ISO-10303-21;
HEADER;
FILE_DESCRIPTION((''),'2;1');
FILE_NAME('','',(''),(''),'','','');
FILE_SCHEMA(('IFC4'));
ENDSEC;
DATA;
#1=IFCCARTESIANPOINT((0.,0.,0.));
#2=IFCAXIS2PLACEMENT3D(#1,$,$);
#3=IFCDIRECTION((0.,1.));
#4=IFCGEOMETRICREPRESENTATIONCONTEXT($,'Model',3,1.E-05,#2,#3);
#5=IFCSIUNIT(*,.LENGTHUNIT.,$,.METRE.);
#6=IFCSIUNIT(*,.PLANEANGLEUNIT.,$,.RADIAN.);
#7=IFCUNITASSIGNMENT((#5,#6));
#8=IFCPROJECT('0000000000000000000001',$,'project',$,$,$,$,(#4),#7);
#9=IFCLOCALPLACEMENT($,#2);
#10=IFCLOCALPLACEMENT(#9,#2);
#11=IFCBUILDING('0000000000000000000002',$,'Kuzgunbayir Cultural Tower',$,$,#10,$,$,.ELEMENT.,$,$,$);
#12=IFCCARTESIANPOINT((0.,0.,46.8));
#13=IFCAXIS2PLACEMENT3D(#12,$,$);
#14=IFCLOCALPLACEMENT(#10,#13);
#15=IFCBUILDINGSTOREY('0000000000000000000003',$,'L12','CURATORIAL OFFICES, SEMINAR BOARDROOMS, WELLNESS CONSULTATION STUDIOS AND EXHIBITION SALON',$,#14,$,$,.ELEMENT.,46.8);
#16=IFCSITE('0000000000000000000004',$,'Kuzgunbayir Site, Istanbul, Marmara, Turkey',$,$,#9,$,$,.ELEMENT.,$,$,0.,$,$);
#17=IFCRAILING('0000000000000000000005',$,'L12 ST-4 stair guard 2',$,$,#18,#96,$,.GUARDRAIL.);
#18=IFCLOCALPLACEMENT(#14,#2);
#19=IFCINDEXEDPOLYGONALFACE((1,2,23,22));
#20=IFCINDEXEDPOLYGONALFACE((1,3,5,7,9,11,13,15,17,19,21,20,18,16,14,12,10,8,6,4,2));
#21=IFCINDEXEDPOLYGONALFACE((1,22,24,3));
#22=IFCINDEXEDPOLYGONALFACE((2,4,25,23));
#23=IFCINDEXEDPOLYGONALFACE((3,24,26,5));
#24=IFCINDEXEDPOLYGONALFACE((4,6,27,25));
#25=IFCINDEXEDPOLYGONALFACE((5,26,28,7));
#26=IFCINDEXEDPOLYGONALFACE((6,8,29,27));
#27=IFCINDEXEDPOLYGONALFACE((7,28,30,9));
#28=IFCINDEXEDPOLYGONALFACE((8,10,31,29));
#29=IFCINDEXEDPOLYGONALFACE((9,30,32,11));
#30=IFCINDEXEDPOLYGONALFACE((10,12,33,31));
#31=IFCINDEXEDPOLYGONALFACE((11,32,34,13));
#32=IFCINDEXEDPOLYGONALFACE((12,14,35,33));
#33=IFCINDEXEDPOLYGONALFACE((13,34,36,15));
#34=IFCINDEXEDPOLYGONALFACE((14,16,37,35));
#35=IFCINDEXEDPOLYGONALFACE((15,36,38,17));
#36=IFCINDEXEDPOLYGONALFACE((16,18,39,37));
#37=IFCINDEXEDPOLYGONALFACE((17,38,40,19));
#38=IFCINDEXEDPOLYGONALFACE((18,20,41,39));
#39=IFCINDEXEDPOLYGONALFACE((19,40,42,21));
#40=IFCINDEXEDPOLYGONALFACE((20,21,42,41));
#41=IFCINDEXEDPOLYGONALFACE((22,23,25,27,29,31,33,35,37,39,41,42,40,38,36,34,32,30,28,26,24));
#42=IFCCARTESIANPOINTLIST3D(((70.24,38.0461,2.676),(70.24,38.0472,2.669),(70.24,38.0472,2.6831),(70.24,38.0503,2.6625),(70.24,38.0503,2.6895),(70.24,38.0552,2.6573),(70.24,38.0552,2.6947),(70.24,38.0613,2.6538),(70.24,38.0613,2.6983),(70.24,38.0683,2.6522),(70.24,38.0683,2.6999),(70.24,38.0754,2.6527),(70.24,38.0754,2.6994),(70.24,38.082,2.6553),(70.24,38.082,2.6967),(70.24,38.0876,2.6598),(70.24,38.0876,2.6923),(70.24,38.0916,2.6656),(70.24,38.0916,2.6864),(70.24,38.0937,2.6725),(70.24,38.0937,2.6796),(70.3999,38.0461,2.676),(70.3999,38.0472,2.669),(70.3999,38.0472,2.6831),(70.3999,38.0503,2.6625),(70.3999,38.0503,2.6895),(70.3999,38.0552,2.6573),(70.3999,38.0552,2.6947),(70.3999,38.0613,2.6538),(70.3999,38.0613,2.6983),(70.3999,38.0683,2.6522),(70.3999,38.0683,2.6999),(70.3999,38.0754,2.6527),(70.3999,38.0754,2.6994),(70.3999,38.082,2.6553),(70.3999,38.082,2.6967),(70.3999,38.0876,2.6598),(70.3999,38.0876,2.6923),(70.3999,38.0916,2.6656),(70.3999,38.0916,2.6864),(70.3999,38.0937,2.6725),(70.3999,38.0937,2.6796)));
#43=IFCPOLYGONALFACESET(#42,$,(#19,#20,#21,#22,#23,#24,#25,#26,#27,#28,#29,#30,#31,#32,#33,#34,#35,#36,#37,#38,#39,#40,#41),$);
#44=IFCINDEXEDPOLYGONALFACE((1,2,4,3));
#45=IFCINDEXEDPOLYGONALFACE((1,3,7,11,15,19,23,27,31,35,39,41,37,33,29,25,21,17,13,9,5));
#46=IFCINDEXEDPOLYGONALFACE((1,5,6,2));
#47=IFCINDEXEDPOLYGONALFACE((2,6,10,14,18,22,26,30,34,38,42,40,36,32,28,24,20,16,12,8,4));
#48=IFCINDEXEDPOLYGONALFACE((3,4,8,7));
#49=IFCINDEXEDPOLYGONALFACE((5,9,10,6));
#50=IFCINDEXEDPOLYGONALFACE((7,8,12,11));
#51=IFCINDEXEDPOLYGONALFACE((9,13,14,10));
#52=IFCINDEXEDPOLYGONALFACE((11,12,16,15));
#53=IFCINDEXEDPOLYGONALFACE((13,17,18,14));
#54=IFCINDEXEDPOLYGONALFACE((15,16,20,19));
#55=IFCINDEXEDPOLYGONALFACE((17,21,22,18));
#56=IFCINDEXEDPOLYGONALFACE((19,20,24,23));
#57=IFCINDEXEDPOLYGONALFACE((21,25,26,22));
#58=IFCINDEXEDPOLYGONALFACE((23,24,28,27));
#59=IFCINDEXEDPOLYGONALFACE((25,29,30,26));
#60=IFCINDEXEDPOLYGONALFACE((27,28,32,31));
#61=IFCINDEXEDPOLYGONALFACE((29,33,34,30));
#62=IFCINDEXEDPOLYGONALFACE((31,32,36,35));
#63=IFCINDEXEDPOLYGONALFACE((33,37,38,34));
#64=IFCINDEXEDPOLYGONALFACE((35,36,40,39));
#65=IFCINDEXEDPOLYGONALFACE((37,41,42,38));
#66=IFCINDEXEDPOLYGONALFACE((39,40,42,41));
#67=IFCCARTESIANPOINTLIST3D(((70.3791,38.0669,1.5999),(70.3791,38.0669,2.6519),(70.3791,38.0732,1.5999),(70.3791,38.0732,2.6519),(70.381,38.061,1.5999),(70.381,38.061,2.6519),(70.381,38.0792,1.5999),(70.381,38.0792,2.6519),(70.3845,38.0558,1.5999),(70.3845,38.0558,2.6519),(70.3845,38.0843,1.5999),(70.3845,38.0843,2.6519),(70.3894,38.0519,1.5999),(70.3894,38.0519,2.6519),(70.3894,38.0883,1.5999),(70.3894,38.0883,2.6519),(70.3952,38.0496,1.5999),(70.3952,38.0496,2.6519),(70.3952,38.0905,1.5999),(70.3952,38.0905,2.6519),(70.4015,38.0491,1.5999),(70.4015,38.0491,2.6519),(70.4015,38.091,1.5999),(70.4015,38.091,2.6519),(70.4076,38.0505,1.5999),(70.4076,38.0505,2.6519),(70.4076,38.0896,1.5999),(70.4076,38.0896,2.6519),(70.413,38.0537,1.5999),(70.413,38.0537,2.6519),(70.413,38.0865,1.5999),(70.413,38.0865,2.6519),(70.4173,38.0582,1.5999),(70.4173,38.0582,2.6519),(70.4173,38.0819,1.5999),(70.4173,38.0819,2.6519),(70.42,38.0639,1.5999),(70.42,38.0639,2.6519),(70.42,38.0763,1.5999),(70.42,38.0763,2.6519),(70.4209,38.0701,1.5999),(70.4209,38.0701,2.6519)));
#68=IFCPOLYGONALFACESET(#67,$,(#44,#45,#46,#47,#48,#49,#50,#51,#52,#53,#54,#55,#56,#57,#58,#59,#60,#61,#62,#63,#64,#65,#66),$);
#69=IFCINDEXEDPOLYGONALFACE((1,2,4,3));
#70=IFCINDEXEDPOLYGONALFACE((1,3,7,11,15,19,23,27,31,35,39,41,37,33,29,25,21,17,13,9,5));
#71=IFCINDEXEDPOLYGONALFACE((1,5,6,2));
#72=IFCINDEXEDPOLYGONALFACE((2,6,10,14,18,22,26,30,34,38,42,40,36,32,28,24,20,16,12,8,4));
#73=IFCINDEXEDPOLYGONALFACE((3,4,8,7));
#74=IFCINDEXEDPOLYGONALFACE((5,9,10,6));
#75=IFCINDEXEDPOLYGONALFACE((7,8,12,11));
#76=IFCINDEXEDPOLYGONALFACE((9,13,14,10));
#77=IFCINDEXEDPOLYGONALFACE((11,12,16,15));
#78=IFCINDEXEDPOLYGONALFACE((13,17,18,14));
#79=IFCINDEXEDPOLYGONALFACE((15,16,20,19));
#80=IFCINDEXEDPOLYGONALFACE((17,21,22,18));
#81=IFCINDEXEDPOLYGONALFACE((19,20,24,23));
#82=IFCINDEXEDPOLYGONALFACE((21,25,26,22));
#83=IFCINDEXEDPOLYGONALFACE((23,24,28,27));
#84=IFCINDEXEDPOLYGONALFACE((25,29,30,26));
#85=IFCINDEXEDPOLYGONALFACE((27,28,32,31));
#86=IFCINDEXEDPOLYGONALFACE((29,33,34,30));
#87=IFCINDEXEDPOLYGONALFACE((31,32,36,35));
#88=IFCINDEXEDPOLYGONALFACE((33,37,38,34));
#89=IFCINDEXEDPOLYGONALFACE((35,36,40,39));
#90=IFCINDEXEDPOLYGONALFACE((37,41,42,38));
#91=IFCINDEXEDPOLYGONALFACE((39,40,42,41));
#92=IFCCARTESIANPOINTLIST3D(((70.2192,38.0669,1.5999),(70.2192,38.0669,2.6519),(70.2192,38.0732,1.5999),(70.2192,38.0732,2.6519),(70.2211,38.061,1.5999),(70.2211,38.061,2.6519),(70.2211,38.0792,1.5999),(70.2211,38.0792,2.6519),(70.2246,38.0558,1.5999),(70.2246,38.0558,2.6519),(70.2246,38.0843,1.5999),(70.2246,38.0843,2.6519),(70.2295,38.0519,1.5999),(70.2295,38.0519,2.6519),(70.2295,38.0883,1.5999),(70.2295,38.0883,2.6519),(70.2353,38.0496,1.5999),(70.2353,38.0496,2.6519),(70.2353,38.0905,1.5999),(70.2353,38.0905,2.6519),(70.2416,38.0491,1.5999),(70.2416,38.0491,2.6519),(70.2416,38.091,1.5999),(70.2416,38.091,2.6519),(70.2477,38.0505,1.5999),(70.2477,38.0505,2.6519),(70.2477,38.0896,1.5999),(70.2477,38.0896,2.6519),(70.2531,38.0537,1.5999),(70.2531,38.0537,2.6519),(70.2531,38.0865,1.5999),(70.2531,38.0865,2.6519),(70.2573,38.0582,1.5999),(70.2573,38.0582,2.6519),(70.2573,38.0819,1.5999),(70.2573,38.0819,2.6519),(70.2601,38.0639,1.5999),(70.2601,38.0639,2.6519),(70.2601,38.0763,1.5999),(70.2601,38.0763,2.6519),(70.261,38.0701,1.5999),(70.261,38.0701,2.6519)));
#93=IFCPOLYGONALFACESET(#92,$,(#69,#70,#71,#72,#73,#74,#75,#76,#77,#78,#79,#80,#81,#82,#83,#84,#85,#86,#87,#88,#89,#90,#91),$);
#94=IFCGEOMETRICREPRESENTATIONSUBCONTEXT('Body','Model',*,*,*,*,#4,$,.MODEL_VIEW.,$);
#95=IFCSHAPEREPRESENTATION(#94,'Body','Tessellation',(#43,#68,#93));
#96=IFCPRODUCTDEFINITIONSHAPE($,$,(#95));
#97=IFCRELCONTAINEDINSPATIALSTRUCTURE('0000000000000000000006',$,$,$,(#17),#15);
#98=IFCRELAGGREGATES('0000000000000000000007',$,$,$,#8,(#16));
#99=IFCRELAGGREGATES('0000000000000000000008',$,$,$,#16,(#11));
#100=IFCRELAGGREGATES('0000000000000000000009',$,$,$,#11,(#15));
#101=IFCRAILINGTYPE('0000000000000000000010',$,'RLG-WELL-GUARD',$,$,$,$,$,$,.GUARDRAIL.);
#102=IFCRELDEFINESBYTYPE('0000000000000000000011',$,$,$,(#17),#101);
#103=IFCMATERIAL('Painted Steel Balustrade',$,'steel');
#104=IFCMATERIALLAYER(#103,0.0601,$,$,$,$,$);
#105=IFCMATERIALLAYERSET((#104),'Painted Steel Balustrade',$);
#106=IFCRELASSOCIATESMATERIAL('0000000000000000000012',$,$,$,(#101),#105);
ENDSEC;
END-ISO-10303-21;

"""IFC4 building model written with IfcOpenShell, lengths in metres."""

from ifc_helpers import new_model, si_unit, direction, frame, origin, origin_2d, place, context, subcontext, project, spatial, circle, extrude, material, layer, layer_set, type_object, element, save


model = new_model("IFC4")

# Units and contexts
model_context = context("Model", 3, precision=1e-05, world=origin(), true_north=direction((0.0, 1.0)))
body_context = subcontext(model_context, "Body", "Model", "MODEL_VIEW")
ifc_project = project(units=[si_unit("LENGTHUNIT", "METRE"), si_unit("PLANEANGLEUNIT", "RADIAN")], contexts=[model_context])

# Site, building, storey
site_placement = place(None, origin())
site = spatial("IfcSite", under=ifc_project, at=site_placement, Name="Kuzgunbayir Site, Istanbul, Marmara, Turkey", CompositionType="ELEMENT", RefElevation=0.0)
building_placement = place(site_placement, origin())
building = spatial("IfcBuilding", under=site, at=building_placement, Name="Kuzgunbayir Cultural Tower", CompositionType="ELEMENT")
storey_placement = place(building_placement, frame((0.0, 0.0, 46.8)))
storey = spatial("IfcBuildingStorey", under=building, at=storey_placement, Name="L12", Description="CURATORIAL OFFICES, SEMINAR BOARDROOMS, WELLNESS CONSULTATION STUDIOS AND EXHIBITION SALON", CompositionType="ELEMENT", Elevation=46.8)

# Railing
ifc_material_1 = material(Name="Painted Steel Balustrade", Category="steel")
ifc_layer_1 = layer(ifc_material_1, 0.0601)
ifc_layer_set_1 = layer_set([ifc_layer_1], Name="Painted Steel Balustrade")
railing_type_1 = type_object("IfcRailingType", Name="RLG-WELL-GUARD", PredefinedType="GUARDRAIL", material=ifc_layer_set_1)
railing_1_placement = place(storey_placement, frame((70.3999, 38.0701, 1.5999)))
element("IfcRailing", 1, at=railing_1_placement, inside=storey, type_object=railing_type_1, Name="L12 ST-4 stair guard 2", PredefinedType="GUARDRAIL", context=body_context, shape_type="SweptSolid", body=[
    extrude(circle(Radius=0.0239, at=origin_2d()), frame((0.0, 0.0, 1.0762), z_axis=(-1.0, 0.0, 0.0), x_axis=(0.0, -1.0, 0.0)), (0.0, 0.0, 1.0), 0.1599),
    extrude(circle(Radius=0.021, at=origin_2d()), origin(), (0.0, 0.0, 1.0), 1.052),
    extrude(circle(Radius=0.021, at=origin_2d()), frame((-0.1599, 0.0, 0.0)), (0.0, 0.0, 1.0), 1.052),
])

save(model, "model.ifc")
